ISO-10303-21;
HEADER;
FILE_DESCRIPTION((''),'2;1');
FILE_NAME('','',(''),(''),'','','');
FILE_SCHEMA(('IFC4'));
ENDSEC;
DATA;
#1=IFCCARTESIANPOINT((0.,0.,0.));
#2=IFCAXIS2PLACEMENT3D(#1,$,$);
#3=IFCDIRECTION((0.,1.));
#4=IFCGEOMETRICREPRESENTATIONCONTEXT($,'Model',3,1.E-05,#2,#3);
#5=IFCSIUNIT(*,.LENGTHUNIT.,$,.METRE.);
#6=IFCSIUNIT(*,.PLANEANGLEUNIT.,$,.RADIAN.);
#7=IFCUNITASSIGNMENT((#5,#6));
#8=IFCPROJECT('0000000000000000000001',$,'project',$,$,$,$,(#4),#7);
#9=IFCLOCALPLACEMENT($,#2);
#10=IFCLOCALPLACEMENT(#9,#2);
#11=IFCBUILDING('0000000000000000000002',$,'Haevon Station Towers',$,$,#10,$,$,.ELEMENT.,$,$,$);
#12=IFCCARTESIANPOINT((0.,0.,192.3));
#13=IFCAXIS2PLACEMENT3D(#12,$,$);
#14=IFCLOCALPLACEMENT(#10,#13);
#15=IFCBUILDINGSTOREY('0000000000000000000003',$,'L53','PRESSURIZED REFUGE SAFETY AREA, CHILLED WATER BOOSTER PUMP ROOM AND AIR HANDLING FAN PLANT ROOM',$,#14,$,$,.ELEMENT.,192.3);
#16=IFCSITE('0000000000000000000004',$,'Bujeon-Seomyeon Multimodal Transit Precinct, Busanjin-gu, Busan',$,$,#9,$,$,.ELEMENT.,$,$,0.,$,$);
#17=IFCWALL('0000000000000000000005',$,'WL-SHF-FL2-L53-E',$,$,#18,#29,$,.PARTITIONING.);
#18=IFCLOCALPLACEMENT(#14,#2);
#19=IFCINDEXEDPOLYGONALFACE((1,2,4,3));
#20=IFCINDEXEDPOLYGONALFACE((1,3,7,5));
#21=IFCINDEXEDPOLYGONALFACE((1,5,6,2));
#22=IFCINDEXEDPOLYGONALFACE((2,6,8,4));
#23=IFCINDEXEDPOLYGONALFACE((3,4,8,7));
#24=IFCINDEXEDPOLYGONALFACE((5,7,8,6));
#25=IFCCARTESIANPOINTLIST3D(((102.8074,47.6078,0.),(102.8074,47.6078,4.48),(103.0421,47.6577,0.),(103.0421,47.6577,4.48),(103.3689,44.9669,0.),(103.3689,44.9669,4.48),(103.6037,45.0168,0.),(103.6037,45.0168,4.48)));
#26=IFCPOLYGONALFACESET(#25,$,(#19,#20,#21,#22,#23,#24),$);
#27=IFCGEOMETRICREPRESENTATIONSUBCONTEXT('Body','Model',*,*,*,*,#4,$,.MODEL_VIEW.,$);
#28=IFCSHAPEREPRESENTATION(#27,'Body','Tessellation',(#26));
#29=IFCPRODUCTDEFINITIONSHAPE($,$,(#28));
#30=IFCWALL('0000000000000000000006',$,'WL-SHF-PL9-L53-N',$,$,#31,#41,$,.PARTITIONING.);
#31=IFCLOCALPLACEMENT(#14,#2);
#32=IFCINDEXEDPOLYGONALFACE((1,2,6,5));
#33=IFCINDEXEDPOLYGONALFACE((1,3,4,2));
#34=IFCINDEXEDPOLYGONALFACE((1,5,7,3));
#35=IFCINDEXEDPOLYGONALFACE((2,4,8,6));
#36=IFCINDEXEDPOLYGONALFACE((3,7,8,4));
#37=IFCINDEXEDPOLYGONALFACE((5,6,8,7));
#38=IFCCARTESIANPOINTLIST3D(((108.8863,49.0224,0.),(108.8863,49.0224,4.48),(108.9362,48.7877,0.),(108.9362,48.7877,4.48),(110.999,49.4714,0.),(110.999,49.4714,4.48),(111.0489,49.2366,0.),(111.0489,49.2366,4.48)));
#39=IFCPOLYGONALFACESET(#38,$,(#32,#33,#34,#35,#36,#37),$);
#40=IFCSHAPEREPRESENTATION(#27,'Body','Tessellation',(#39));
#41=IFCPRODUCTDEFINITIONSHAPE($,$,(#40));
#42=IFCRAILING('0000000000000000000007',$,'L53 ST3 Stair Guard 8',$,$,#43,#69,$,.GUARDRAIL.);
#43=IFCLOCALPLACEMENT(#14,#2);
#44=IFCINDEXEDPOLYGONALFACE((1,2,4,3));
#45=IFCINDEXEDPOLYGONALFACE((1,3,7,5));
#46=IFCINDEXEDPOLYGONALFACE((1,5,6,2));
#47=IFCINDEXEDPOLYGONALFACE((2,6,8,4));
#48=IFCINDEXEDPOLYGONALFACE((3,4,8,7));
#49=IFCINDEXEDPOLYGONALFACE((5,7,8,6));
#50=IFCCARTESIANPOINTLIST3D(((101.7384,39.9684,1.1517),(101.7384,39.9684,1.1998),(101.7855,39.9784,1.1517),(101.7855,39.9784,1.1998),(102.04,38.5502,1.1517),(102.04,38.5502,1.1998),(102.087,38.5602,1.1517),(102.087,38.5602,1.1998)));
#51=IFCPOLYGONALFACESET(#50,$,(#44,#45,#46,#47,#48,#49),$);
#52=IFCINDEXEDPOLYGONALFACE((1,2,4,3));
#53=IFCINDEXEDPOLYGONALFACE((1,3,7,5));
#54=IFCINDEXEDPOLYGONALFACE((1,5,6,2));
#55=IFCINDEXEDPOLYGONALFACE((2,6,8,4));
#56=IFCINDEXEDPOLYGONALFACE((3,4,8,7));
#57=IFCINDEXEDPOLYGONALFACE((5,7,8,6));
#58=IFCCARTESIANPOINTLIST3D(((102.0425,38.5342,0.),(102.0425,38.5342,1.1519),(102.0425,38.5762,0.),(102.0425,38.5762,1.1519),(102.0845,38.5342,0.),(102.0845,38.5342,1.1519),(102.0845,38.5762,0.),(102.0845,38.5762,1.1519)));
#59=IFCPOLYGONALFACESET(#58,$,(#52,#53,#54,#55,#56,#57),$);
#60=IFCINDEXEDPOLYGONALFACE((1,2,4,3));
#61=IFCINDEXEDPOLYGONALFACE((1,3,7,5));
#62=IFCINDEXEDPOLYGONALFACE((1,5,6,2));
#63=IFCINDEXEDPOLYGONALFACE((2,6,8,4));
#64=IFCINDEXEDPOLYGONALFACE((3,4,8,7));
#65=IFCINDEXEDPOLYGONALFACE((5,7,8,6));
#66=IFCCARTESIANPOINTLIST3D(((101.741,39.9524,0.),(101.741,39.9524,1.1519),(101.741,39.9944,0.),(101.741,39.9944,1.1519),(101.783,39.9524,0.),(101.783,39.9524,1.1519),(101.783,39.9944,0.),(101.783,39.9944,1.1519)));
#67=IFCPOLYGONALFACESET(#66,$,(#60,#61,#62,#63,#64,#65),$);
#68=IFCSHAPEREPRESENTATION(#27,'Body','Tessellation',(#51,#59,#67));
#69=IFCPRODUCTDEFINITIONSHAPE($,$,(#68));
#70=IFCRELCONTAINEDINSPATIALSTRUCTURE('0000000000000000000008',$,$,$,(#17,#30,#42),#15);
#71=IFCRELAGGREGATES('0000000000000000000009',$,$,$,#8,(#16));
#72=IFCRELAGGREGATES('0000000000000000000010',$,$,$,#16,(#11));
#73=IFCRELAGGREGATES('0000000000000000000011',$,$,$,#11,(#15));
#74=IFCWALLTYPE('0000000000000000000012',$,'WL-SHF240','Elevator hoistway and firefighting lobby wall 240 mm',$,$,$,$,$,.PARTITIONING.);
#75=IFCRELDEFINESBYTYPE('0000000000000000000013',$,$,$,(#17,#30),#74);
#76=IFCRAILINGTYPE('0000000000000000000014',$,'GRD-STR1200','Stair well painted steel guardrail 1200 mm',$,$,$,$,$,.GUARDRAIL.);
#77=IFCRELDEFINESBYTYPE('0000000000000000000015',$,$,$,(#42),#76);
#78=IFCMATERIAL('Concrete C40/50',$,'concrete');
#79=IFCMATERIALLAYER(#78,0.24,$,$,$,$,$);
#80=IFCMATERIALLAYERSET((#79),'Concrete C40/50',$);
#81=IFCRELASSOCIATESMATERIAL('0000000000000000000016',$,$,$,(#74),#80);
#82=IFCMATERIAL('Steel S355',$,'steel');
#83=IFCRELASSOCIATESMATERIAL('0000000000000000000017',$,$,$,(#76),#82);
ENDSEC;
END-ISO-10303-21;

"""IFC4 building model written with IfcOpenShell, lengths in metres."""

from ifc_helpers import new_model, si_unit, direction, frame, frame_2d, origin, origin_2d, place, context, subcontext, project, spatial, rectangle, extrude, material, layer, layer_set, type_object, element, save


model = new_model("IFC4")

# Units and contexts
model_context = context("Model", 3, precision=1e-05, world=origin(), true_north=direction((0.0, 1.0)))
body_context = subcontext(model_context, "Body", "Model", "MODEL_VIEW")
ifc_project = project(units=[si_unit("LENGTHUNIT", "METRE"), si_unit("PLANEANGLEUNIT", "RADIAN")], contexts=[model_context])

# Site, building, storey
site_placement = place(None, origin())
site = spatial("IfcSite", under=ifc_project, at=site_placement, Name="Bujeon-Seomyeon Multimodal Transit Precinct, Busanjin-gu, Busan", CompositionType="ELEMENT", RefElevation=0.0)
building_placement = place(site_placement, origin())
building = spatial("IfcBuilding", under=site, at=building_placement, Name="Haevon Station Towers", CompositionType="ELEMENT")
storey_placement = place(building_placement, frame((0.0, 0.0, 192.3)))
storey = spatial("IfcBuildingStorey", under=building, at=storey_placement, Name="L53", Description="PRESSURIZED REFUGE SAFETY AREA, CHILLED WATER BOOSTER PUMP ROOM AND AIR HANDLING FAN PLANT ROOM", CompositionType="ELEMENT", Elevation=192.3)

# Shared definitions
ifc_material_1 = material(Name="Steel S355", Category="steel")

# Walls
ifc_material_2 = material(Name="Concrete C40/50", Category="concrete")
ifc_layer_1 = layer(ifc_material_2, 0.24)
ifc_layer_set_1 = layer_set([ifc_layer_1], Name="Concrete C40/50")
wall_type_1 = type_object("IfcWallType", Name="WL-SHF240", Description="Elevator hoistway and firefighting lobby wall 240 mm", PredefinedType="PARTITIONING", material=ifc_layer_set_1)
wall_1_placement = place(storey_placement, frame((103.4863, 44.9917, 0.0), z_axis=(0.0, 0.0, 1.0), x_axis=(-0.207979, 0.978133, 0.0)))
element("IfcWall", 1, at=wall_1_placement, inside=storey, type_object=wall_type_1, Name="WL-SHF-FL2-L53-E", PredefinedType="PARTITIONING", context=body_context, shape_type="SweptSolid", body=[
    extrude(rectangle(XDim=2.7, YDim=0.24, at=frame_2d((1.3501, 0.0))), origin(), (0.0, 0.0, 1.0), 4.48),
])
wall_2_placement = place(storey_placement, frame((108.9111, 48.905, 0.0), z_axis=(0.0, 0.0, 1.0), x_axis=(0.978158, 0.207861, 0.0)))
element("IfcWall", 2, at=wall_2_placement, inside=storey, type_object=wall_type_1, Name="WL-SHF-PL9-L53-N", PredefinedType="PARTITIONING", context=body_context, shape_type="SweptSolid", body=[
    extrude(rectangle(XDim=2.1599, YDim=0.24, at=frame_2d((1.0801, 0.0))), origin(), (0.0, 0.0, 1.0), 4.48),
])

# Railing
railing_type = type_object("IfcRailingType", Name="GRD-STR1200", Description="Stair well painted steel guardrail 1200 mm", PredefinedType="GUARDRAIL", material=ifc_material_1)
railing_placement = place(storey_placement, frame((102.0635, 38.5552, 0.0)))
element("IfcRailing", 3, at=railing_placement, inside=storey, type_object=railing_type, Name="L53 ST3 Stair Guard 8", PredefinedType="GUARDRAIL", context=body_context, shape_type="SweptSolid", body=[
    extrude(rectangle(XDim=0.0481, YDim=0.0481, at=origin_2d()), frame((0.0, 0.0, 1.1758), z_axis=(-0.207953, 0.978139, 0.0), x_axis=(-0.978139, -0.207953, 0.0)), (0.0, 0.0, 1.0), 1.45),
    extrude(rectangle(XDim=0.042, YDim=0.042, at=origin_2d()), origin(), (0.0, 0.0, 1.0), 1.1519),
    extrude(rectangle(XDim=0.042, YDim=0.042, at=origin_2d()), frame((-0.3015, 1.4182, 0.0)), (0.0, 0.0, 1.0), 1.1519),
])

save(model, "model.ifc")
